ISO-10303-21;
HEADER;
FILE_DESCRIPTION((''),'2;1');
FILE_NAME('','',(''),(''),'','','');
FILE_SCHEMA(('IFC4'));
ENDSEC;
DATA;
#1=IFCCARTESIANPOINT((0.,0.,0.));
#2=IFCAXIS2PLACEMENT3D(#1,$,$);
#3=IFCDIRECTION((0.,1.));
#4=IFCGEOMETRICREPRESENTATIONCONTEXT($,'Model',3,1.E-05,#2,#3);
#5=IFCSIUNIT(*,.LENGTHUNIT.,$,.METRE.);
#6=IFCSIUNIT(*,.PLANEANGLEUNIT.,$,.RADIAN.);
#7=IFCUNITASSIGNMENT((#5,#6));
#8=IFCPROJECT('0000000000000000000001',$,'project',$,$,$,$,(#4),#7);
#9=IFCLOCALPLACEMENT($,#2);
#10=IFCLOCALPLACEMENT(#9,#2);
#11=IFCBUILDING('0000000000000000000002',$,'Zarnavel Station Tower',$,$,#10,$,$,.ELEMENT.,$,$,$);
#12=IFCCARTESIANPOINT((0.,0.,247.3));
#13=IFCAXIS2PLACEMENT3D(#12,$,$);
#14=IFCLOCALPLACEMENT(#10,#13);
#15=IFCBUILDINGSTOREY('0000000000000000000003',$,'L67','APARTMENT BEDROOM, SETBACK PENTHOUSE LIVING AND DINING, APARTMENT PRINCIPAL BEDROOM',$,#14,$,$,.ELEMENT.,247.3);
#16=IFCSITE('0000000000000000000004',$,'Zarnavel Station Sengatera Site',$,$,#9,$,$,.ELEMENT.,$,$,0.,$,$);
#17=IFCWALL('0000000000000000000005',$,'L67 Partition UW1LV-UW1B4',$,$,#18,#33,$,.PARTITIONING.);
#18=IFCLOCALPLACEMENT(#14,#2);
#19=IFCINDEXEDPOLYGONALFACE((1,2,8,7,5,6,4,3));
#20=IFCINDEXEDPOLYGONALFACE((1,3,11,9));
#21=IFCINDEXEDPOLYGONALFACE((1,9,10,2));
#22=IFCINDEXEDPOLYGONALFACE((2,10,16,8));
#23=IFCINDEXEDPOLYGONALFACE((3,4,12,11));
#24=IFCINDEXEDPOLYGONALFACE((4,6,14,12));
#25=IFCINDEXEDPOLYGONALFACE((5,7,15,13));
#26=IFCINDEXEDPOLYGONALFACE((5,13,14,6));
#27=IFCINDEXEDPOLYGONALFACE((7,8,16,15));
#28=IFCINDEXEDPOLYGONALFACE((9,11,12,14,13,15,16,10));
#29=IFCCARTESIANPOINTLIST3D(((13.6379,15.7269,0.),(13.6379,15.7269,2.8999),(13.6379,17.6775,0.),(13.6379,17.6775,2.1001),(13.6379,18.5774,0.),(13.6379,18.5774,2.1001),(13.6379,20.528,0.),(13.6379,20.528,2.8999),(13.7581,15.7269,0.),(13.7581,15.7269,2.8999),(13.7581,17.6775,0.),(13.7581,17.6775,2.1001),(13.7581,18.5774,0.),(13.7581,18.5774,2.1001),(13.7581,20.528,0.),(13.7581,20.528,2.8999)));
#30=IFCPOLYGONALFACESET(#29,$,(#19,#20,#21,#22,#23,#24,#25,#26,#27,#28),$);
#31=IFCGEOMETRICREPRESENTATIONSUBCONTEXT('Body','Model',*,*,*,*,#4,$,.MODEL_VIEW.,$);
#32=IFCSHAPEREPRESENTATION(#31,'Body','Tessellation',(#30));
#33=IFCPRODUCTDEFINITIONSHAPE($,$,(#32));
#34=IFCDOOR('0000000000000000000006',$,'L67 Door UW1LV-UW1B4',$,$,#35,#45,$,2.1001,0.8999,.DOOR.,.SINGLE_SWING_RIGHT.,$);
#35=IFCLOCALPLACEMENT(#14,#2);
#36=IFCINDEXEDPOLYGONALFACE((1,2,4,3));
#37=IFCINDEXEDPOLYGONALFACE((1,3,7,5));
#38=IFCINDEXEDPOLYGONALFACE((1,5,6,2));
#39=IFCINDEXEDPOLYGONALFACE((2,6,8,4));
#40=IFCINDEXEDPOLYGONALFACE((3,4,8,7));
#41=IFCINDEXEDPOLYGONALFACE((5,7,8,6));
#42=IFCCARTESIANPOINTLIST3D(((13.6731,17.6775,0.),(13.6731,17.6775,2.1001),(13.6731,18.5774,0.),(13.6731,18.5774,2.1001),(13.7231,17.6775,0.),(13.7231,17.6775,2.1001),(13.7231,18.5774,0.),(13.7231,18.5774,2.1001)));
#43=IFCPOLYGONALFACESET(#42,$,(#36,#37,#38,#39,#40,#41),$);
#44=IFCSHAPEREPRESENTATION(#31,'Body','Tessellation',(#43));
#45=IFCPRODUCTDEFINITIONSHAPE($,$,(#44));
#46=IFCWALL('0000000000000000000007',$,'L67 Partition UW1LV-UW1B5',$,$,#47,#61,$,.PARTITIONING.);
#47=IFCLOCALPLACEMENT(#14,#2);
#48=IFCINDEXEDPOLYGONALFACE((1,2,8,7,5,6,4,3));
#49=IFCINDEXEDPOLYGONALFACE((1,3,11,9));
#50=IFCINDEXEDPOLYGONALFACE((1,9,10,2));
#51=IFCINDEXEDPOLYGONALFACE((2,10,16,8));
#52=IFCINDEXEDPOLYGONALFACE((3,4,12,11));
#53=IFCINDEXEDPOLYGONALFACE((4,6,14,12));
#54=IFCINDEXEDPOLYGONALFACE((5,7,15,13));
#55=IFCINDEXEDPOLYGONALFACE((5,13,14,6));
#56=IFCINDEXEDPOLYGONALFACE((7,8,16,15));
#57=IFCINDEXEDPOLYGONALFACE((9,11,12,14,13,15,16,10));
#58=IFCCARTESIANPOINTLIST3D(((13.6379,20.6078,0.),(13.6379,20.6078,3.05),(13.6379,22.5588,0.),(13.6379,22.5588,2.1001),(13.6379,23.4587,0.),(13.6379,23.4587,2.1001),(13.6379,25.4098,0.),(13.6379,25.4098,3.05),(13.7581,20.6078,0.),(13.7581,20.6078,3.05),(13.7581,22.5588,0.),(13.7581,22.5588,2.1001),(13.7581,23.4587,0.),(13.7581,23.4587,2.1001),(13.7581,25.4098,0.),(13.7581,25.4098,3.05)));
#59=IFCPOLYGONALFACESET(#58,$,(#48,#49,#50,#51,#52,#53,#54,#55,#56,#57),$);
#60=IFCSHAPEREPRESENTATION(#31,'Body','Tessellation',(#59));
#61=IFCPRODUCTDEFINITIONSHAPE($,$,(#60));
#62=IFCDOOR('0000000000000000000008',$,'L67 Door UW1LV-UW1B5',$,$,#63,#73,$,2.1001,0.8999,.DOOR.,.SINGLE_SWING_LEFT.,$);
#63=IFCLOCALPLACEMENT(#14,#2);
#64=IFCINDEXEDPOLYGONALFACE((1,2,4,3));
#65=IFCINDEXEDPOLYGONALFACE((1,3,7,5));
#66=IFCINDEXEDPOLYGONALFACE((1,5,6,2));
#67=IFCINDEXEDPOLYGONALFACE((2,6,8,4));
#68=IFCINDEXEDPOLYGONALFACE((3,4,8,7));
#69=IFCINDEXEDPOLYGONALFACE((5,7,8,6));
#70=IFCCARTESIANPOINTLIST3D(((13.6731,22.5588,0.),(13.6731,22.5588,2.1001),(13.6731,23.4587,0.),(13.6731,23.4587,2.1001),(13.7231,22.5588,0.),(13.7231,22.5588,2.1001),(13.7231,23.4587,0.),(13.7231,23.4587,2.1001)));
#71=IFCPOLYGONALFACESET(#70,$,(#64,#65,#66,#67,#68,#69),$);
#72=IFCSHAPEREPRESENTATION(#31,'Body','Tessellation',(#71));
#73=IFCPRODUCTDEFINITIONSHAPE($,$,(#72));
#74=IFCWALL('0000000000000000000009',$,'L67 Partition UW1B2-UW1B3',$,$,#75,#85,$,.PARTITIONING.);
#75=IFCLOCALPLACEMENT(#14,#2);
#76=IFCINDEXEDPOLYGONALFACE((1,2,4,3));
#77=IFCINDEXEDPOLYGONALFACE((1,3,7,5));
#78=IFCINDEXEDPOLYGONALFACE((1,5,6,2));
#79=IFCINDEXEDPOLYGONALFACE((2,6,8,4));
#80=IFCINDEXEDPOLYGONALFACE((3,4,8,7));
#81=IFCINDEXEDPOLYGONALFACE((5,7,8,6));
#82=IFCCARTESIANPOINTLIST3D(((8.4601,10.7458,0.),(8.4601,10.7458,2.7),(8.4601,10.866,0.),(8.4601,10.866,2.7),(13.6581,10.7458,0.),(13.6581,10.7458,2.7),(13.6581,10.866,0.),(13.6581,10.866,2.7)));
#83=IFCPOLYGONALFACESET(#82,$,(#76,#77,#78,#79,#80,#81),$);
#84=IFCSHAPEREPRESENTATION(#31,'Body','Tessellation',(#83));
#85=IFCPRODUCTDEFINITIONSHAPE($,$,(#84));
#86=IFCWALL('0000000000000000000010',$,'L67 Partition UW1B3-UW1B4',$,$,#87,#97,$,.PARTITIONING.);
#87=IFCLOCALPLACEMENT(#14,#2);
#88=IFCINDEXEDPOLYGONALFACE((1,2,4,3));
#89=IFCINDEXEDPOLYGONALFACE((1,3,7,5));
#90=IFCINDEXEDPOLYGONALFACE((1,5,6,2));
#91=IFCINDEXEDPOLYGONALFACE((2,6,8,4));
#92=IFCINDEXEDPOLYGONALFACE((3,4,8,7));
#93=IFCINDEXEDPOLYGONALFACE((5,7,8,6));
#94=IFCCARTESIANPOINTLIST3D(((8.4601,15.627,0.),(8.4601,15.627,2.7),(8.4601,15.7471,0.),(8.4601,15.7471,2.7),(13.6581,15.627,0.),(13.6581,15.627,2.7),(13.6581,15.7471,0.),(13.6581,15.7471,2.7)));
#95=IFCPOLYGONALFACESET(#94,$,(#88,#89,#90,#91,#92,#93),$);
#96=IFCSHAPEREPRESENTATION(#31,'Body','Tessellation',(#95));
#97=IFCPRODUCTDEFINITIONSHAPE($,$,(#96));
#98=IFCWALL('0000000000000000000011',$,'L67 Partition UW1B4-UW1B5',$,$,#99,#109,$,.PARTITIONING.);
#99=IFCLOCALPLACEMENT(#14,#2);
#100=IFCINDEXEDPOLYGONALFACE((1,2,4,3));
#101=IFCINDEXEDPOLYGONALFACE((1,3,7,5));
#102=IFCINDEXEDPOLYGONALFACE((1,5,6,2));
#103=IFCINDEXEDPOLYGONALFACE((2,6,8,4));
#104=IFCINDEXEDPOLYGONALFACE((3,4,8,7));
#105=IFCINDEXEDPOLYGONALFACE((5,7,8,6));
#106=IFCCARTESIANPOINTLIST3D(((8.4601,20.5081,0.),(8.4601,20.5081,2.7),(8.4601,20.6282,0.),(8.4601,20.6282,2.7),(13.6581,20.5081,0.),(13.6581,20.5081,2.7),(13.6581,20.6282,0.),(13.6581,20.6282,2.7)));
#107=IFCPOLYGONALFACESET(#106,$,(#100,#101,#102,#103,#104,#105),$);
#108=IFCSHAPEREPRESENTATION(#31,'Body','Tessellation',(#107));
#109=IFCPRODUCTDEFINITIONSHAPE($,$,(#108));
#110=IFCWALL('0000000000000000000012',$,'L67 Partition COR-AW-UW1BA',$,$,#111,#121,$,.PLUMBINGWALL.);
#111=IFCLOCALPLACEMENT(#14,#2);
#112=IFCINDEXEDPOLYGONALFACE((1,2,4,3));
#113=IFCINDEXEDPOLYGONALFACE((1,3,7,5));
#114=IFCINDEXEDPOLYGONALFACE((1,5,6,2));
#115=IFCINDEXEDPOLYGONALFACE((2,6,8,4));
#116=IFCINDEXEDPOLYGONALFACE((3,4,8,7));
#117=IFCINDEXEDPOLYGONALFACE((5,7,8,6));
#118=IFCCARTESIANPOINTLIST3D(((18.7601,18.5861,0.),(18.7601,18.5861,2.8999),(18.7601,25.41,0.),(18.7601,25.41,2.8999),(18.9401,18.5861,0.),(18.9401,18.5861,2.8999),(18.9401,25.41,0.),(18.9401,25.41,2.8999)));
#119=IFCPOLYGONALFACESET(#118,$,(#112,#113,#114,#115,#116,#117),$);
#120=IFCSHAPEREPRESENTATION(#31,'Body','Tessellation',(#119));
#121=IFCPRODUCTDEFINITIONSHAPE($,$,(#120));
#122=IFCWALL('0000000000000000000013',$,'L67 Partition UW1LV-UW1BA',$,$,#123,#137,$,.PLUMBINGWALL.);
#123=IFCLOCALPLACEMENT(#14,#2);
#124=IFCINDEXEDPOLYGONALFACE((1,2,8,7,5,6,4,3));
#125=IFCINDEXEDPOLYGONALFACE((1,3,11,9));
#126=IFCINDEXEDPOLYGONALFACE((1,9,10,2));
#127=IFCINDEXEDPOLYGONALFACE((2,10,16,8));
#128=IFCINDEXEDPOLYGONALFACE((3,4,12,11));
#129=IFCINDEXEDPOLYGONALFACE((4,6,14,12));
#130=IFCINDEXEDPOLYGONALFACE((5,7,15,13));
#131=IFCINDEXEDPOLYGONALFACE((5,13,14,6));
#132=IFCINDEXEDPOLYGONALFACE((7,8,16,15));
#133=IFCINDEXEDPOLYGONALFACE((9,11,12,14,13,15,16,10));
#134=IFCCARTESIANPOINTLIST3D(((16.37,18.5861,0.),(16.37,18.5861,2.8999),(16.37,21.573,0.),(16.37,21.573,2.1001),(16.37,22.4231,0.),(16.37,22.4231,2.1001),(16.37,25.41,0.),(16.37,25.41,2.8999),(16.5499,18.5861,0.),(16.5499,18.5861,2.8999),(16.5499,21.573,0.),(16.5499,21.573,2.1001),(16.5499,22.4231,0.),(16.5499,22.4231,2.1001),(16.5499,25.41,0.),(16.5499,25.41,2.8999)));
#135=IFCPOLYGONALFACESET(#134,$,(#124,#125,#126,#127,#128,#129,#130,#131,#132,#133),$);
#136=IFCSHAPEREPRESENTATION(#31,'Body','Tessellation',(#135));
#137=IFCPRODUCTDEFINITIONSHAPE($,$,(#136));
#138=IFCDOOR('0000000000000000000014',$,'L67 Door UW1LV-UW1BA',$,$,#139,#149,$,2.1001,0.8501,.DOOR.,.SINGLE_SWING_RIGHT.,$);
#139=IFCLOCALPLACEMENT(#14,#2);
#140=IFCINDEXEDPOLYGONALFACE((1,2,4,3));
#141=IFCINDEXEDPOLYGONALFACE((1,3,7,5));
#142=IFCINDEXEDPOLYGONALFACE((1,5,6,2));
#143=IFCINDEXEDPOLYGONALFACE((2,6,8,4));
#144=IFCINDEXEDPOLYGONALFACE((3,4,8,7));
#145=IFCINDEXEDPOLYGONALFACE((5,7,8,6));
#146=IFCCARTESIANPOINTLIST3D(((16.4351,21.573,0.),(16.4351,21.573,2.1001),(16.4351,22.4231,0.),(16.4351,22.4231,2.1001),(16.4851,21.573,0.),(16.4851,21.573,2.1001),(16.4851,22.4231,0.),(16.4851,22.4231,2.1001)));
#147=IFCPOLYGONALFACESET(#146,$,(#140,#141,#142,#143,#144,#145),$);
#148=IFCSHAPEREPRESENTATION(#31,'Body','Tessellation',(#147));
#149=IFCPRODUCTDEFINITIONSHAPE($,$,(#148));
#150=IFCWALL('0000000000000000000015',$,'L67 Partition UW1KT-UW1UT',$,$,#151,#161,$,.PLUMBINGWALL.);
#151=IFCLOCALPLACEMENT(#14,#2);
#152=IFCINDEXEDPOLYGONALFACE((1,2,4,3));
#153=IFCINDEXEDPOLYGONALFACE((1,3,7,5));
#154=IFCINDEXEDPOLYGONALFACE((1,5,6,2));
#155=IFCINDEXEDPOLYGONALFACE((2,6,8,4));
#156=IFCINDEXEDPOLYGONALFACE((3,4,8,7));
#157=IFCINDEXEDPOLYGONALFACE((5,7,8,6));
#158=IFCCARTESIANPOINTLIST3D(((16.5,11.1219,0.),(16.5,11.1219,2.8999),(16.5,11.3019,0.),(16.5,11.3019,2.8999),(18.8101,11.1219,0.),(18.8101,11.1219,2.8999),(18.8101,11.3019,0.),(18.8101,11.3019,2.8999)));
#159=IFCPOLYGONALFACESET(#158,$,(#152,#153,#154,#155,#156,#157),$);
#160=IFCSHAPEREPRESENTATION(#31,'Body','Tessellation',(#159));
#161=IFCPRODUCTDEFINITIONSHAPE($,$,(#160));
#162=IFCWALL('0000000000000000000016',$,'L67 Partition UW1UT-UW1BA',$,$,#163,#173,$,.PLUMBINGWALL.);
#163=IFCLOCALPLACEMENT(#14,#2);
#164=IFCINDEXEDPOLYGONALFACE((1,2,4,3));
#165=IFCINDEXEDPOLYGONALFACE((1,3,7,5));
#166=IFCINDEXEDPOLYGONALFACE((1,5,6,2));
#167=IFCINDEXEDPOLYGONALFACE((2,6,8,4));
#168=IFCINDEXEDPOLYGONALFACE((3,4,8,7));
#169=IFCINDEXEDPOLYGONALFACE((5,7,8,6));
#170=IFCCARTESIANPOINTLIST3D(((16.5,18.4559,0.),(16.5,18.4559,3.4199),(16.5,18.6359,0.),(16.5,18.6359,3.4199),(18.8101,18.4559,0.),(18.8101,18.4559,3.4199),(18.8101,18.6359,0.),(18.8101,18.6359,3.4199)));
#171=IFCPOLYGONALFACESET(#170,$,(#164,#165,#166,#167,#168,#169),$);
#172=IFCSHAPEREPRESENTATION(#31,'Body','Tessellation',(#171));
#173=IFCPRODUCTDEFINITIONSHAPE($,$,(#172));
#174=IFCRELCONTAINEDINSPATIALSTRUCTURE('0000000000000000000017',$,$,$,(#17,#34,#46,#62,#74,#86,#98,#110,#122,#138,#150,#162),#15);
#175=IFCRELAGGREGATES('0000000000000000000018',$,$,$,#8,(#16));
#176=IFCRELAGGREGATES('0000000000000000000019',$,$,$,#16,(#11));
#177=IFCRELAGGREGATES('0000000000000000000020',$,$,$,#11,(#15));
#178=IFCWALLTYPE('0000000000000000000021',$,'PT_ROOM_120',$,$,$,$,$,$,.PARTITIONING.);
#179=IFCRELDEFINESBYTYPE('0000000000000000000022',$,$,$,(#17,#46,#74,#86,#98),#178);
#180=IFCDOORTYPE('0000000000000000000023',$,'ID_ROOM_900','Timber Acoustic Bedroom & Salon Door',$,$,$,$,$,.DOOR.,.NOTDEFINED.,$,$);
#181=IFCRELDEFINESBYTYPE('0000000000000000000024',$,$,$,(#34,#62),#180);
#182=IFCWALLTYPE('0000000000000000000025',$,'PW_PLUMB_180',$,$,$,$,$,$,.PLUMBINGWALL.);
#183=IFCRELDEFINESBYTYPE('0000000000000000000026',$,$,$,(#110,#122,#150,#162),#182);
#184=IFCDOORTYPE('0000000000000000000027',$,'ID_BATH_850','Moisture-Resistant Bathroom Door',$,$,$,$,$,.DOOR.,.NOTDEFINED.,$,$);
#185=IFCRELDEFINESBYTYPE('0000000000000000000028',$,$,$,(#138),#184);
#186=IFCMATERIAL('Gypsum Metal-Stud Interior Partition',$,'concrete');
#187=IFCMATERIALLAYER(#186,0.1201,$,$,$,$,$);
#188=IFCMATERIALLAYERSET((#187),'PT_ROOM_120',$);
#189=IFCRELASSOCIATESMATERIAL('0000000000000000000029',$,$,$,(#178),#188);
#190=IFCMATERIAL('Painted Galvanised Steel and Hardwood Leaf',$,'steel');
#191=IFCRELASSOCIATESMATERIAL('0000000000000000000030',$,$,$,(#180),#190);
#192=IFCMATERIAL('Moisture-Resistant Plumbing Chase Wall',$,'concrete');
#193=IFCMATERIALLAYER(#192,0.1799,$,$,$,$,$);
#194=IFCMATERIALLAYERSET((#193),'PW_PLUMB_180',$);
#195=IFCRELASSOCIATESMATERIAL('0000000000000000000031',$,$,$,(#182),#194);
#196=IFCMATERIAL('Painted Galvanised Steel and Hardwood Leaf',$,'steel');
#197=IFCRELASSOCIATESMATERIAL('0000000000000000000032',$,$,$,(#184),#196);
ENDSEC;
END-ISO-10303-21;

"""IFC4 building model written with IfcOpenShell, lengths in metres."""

from ifc_helpers import new_model, si_unit, direction, frame, frame_2d, origin, place, context, subcontext, project, spatial, rectangle, extrude, material, layer, layer_set, type_object, element, fill, save


model = new_model("IFC4")

# Units and contexts
model_context = context("Model", 3, precision=1e-05, world=origin(), true_north=direction((0.0, 1.0)))
body_context = subcontext(model_context, "Body", "Model", "MODEL_VIEW")
ifc_project = project(units=[si_unit("LENGTHUNIT", "METRE"), si_unit("PLANEANGLEUNIT", "RADIAN")], contexts=[model_context])

# Site, building, storey
site_placement = place(None, origin())
site = spatial("IfcSite", under=ifc_project, at=site_placement, Name="Zarnavel Station Sengatera Site", CompositionType="ELEMENT", RefElevation=0.0)
building_placement = place(site_placement, origin())
building = spatial("IfcBuilding", under=site, at=building_placement, Name="Zarnavel Station Tower", CompositionType="ELEMENT")
storey_placement = place(building_placement, frame((0.0, 0.0, 247.3)))
storey = spatial("IfcBuildingStorey", under=building, at=storey_placement, Name="L67", Description="APARTMENT BEDROOM, SETBACK PENTHOUSE LIVING AND DINING, APARTMENT PRINCIPAL BEDROOM", CompositionType="ELEMENT", Elevation=247.3)

# Walls, openings, doors
ifc_material_1 = material(Name="Gypsum Metal-Stud Interior Partition", Category="concrete")
ifc_layer_1 = layer(ifc_material_1, 0.1201)
ifc_layer_set_1 = layer_set([ifc_layer_1], Name="PT_ROOM_120")
wall_type_1 = type_object("IfcWallType", Name="PT_ROOM_120", PredefinedType="PARTITIONING", material=ifc_layer_set_1)
ifc_material_2 = material(Name="Painted Galvanised Steel and Hardwood Leaf", Category="steel")
door_type_1 = type_object("IfcDoorType", Name="ID_ROOM_900", Description="Timber Acoustic Bedroom & Salon Door", OperationType="NOTDEFINED", PredefinedType="DOOR", material=ifc_material_2)
wall_1_placement = place(storey_placement, frame((13.698, 15.7271, 0.0), z_axis=(0.0, 0.0, 1.0), x_axis=(0.0, 1.0, 0.0)))
wall_1 = element("IfcWall", 1, at=wall_1_placement, inside=storey, type_object=wall_type_1, Name="L67 Partition UW1LV-UW1B4", PredefinedType="PARTITIONING", context=body_context, shape_type="SweptSolid", body=[
    extrude(rectangle(XDim=4.801, YDim=0.1201, at=frame_2d((2.4004, 0.0))), origin(), (0.0, 0.0, 1.0), 2.8999),
])
opening_1_placement = place(wall_1_placement, frame((1.9504, 0.0, 0.0)))
opening_1 = element("IfcOpeningElement", 2, at=opening_1_placement, cuts=wall_1, PredefinedType="OPENING", context=body_context, shape_type="SweptSolid", body=[
    extrude(rectangle(XDim=0.8999, YDim=2.1001, at=frame_2d((0.45, 1.05))), frame((0.0, 0.0701, 0.0), z_axis=(0.0, -1.0, 0.0), x_axis=(1.0, 0.0, 0.0)), (0.0, 0.0, 1.0), 0.1401),
])
door_1_placement = place(opening_1_placement, origin())
door_1 = element("IfcDoor", 3, at=door_1_placement, inside=storey, type_object=door_type_1, Name="L67 Door UW1LV-UW1B4", OperationType="SINGLE_SWING_RIGHT", OverallHeight=2.1001, OverallWidth=0.8999, PredefinedType="DOOR", context=body_context, shape_type="SweptSolid", body=[
    extrude(rectangle(XDim=0.8999, YDim=2.1001, at=frame_2d((0.45, 1.05))), frame((0.0, 0.0249, 0.0), z_axis=(0.0, -1.0, 0.0), x_axis=(1.0, 0.0, 0.0)), (0.0, 0.0, 1.0), 0.05),
])
fill(opening_1, door_1)
wall_2_placement = place(storey_placement, frame((13.698, 20.6079, 0.0), z_axis=(0.0, 0.0, 1.0), x_axis=(0.0, 1.0, 0.0)))
wall_2 = element("IfcWall", 4, at=wall_2_placement, inside=storey, type_object=wall_type_1, Name="L67 Partition UW1LV-UW1B5", PredefinedType="PARTITIONING", context=body_context, shape_type="SweptSolid", body=[
    extrude(rectangle(XDim=4.802, YDim=0.1201, at=frame_2d((2.4009, 0.0))), origin(), (0.0, 0.0, 1.0), 3.05),
])
opening_2_placement = place(wall_2_placement, frame((1.9509, 0.0, 0.0)))
opening_2 = element("IfcOpeningElement", 5, at=opening_2_placement, cuts=wall_2, PredefinedType="OPENING", context=body_context, shape_type="SweptSolid", body=[
    extrude(rectangle(XDim=0.8999, YDim=2.1001, at=frame_2d((0.45, 1.05))), frame((0.0, 0.0701, 0.0), z_axis=(0.0, -1.0, 0.0), x_axis=(1.0, 0.0, 0.0)), (0.0, 0.0, 1.0), 0.1401),
])
door_2_placement = place(opening_2_placement, origin())
door_2 = element("IfcDoor", 6, at=door_2_placement, inside=storey, type_object=door_type_1, Name="L67 Door UW1LV-UW1B5", OperationType="SINGLE_SWING_LEFT", OverallHeight=2.1001, OverallWidth=0.8999, PredefinedType="DOOR", context=body_context, shape_type="SweptSolid", body=[
    extrude(rectangle(XDim=0.8999, YDim=2.1001, at=frame_2d((0.45, 1.05))), frame((0.0, 0.0249, 0.0), z_axis=(0.0, -1.0, 0.0), x_axis=(1.0, 0.0, 0.0)), (0.0, 0.0, 1.0), 0.05),
])
fill(opening_2, door_2)

# Walls
for number, where, z_axis, x_axis, name in (
    (7, (8.46, 10.8059, 0.0), (0.0, 0.0, 1.0), (1.0, 0.0, 0.0), "L67 Partition UW1B2-UW1B3"),
    (8, (8.46, 15.687, 0.0), (0.0, 0.0, 1.0), (1.0, 0.0, 0.0), "L67 Partition UW1B3-UW1B4"),
    (9, (8.46, 20.5681, 0.0), (0.0, 0.0, 1.0), (1.0, 0.0, 0.0), "L67 Partition UW1B4-UW1B5"),
):
    element("IfcWall", number, at=place(storey_placement, frame(where, z_axis=z_axis, x_axis=x_axis)), inside=storey, type_object=wall_type_1, Name=name, PredefinedType="PARTITIONING", context=body_context, shape_type="SweptSolid", body=[
        extrude(rectangle(XDim=5.198, YDim=0.1201, at=frame_2d((2.5991, 0.0))), origin(), (0.0, 0.0, 1.0), 2.7),
    ])
ifc_material_3 = material(Name="Moisture-Resistant Plumbing Chase Wall", Category="concrete")
ifc_layer_2 = layer(ifc_material_3, 0.1799)
ifc_layer_set_2 = layer_set([ifc_layer_2], Name="PW_PLUMB_180")
wall_type_2 = type_object("IfcWallType", Name="PW_PLUMB_180", PredefinedType="PLUMBINGWALL", material=ifc_layer_set_2)
wall_3_placement = place(storey_placement, frame((18.8501, 18.5859, 0.0), z_axis=(0.0, 0.0, 1.0), x_axis=(0.0, 1.0, 0.0)))
element("IfcWall", 10, at=wall_3_placement, inside=storey, type_object=wall_type_2, Name="L67 Partition COR-AW-UW1BA", PredefinedType="PLUMBINGWALL", context=body_context, shape_type="SweptSolid", body=[
    extrude(rectangle(XDim=6.824, YDim=0.1799, at=frame_2d((3.4121, 0.0))), origin(), (0.0, 0.0, 1.0), 2.8999),
])

# Wall, opening, door
wall_4_placement = place(storey_placement, frame((16.46, 18.5859, 0.0), z_axis=(0.0, 0.0, 1.0), x_axis=(0.0, 1.0, 0.0)))
wall_4 = element("IfcWall", 11, at=wall_4_placement, inside=storey, type_object=wall_type_2, Name="L67 Partition UW1LV-UW1BA", PredefinedType="PLUMBINGWALL", context=body_context, shape_type="SweptSolid", body=[
    extrude(rectangle(XDim=6.824, YDim=0.1799, at=frame_2d((3.4121, 0.0))), origin(), (0.0, 0.0, 1.0), 2.8999),
])
opening_3_placement = place(wall_4_placement, frame((2.9871, 0.0, 0.0)))
opening_3 = element("IfcOpeningElement", 12, at=opening_3_placement, cuts=wall_4, PredefinedType="OPENING", context=body_context, shape_type="SweptSolid", body=[
    extrude(rectangle(XDim=0.8501, YDim=2.1001, at=frame_2d((0.425, 1.05))), frame((0.0, 0.0999, 0.0), z_axis=(0.0, -1.0, 0.0), x_axis=(1.0, 0.0, 0.0)), (0.0, 0.0, 1.0), 0.2),
])
ifc_material_4 = material(Name="Painted Galvanised Steel and Hardwood Leaf", Category="steel")
door_type_2 = type_object("IfcDoorType", Name="ID_BATH_850", Description="Moisture-Resistant Bathroom Door", OperationType="NOTDEFINED", PredefinedType="DOOR", material=ifc_material_4)
door_3_placement = place(opening_3_placement, origin())
door_3 = element("IfcDoor", 13, at=door_3_placement, inside=storey, type_object=door_type_2, Name="L67 Door UW1LV-UW1BA", OperationType="SINGLE_SWING_RIGHT", OverallHeight=2.1001, OverallWidth=0.8501, PredefinedType="DOOR", context=body_context, shape_type="SweptSolid", body=[
    extrude(rectangle(XDim=0.8501, YDim=2.1001, at=frame_2d((0.425, 1.05))), frame((0.0, 0.0249, 0.0), z_axis=(0.0, -1.0, 0.0), x_axis=(1.0, 0.0, 0.0)), (0.0, 0.0, 1.0), 0.05),
])
fill(opening_3, door_3)

# Walls
wall_5_placement = place(storey_placement, frame((16.5, 11.2119, 0.0), z_axis=(0.0, 0.0, 1.0), x_axis=(1.0, 0.0, 0.0)))
element("IfcWall", 14, at=wall_5_placement, inside=storey, type_object=wall_type_2, Name="L67 Partition UW1KT-UW1UT", PredefinedType="PLUMBINGWALL", context=body_context, shape_type="SweptSolid", body=[
    extrude(rectangle(XDim=2.3101, YDim=0.1799, at=frame_2d((1.155, 0.0))), origin(), (0.0, 0.0, 1.0), 2.8999),
])
wall_6_placement = place(storey_placement, frame((16.5, 18.5459, 0.0), z_axis=(0.0, 0.0, 1.0), x_axis=(1.0, 0.0, 0.0)))
element("IfcWall", 15, at=wall_6_placement, inside=storey, type_object=wall_type_2, Name="L67 Partition UW1UT-UW1BA", PredefinedType="PLUMBINGWALL", context=body_context, shape_type="SweptSolid", body=[
    extrude(rectangle(XDim=2.3101, YDim=0.1799, at=frame_2d((1.155, 0.0))), origin(), (0.0, 0.0, 1.0), 3.4199),
])

save(model, "model.ifc")
